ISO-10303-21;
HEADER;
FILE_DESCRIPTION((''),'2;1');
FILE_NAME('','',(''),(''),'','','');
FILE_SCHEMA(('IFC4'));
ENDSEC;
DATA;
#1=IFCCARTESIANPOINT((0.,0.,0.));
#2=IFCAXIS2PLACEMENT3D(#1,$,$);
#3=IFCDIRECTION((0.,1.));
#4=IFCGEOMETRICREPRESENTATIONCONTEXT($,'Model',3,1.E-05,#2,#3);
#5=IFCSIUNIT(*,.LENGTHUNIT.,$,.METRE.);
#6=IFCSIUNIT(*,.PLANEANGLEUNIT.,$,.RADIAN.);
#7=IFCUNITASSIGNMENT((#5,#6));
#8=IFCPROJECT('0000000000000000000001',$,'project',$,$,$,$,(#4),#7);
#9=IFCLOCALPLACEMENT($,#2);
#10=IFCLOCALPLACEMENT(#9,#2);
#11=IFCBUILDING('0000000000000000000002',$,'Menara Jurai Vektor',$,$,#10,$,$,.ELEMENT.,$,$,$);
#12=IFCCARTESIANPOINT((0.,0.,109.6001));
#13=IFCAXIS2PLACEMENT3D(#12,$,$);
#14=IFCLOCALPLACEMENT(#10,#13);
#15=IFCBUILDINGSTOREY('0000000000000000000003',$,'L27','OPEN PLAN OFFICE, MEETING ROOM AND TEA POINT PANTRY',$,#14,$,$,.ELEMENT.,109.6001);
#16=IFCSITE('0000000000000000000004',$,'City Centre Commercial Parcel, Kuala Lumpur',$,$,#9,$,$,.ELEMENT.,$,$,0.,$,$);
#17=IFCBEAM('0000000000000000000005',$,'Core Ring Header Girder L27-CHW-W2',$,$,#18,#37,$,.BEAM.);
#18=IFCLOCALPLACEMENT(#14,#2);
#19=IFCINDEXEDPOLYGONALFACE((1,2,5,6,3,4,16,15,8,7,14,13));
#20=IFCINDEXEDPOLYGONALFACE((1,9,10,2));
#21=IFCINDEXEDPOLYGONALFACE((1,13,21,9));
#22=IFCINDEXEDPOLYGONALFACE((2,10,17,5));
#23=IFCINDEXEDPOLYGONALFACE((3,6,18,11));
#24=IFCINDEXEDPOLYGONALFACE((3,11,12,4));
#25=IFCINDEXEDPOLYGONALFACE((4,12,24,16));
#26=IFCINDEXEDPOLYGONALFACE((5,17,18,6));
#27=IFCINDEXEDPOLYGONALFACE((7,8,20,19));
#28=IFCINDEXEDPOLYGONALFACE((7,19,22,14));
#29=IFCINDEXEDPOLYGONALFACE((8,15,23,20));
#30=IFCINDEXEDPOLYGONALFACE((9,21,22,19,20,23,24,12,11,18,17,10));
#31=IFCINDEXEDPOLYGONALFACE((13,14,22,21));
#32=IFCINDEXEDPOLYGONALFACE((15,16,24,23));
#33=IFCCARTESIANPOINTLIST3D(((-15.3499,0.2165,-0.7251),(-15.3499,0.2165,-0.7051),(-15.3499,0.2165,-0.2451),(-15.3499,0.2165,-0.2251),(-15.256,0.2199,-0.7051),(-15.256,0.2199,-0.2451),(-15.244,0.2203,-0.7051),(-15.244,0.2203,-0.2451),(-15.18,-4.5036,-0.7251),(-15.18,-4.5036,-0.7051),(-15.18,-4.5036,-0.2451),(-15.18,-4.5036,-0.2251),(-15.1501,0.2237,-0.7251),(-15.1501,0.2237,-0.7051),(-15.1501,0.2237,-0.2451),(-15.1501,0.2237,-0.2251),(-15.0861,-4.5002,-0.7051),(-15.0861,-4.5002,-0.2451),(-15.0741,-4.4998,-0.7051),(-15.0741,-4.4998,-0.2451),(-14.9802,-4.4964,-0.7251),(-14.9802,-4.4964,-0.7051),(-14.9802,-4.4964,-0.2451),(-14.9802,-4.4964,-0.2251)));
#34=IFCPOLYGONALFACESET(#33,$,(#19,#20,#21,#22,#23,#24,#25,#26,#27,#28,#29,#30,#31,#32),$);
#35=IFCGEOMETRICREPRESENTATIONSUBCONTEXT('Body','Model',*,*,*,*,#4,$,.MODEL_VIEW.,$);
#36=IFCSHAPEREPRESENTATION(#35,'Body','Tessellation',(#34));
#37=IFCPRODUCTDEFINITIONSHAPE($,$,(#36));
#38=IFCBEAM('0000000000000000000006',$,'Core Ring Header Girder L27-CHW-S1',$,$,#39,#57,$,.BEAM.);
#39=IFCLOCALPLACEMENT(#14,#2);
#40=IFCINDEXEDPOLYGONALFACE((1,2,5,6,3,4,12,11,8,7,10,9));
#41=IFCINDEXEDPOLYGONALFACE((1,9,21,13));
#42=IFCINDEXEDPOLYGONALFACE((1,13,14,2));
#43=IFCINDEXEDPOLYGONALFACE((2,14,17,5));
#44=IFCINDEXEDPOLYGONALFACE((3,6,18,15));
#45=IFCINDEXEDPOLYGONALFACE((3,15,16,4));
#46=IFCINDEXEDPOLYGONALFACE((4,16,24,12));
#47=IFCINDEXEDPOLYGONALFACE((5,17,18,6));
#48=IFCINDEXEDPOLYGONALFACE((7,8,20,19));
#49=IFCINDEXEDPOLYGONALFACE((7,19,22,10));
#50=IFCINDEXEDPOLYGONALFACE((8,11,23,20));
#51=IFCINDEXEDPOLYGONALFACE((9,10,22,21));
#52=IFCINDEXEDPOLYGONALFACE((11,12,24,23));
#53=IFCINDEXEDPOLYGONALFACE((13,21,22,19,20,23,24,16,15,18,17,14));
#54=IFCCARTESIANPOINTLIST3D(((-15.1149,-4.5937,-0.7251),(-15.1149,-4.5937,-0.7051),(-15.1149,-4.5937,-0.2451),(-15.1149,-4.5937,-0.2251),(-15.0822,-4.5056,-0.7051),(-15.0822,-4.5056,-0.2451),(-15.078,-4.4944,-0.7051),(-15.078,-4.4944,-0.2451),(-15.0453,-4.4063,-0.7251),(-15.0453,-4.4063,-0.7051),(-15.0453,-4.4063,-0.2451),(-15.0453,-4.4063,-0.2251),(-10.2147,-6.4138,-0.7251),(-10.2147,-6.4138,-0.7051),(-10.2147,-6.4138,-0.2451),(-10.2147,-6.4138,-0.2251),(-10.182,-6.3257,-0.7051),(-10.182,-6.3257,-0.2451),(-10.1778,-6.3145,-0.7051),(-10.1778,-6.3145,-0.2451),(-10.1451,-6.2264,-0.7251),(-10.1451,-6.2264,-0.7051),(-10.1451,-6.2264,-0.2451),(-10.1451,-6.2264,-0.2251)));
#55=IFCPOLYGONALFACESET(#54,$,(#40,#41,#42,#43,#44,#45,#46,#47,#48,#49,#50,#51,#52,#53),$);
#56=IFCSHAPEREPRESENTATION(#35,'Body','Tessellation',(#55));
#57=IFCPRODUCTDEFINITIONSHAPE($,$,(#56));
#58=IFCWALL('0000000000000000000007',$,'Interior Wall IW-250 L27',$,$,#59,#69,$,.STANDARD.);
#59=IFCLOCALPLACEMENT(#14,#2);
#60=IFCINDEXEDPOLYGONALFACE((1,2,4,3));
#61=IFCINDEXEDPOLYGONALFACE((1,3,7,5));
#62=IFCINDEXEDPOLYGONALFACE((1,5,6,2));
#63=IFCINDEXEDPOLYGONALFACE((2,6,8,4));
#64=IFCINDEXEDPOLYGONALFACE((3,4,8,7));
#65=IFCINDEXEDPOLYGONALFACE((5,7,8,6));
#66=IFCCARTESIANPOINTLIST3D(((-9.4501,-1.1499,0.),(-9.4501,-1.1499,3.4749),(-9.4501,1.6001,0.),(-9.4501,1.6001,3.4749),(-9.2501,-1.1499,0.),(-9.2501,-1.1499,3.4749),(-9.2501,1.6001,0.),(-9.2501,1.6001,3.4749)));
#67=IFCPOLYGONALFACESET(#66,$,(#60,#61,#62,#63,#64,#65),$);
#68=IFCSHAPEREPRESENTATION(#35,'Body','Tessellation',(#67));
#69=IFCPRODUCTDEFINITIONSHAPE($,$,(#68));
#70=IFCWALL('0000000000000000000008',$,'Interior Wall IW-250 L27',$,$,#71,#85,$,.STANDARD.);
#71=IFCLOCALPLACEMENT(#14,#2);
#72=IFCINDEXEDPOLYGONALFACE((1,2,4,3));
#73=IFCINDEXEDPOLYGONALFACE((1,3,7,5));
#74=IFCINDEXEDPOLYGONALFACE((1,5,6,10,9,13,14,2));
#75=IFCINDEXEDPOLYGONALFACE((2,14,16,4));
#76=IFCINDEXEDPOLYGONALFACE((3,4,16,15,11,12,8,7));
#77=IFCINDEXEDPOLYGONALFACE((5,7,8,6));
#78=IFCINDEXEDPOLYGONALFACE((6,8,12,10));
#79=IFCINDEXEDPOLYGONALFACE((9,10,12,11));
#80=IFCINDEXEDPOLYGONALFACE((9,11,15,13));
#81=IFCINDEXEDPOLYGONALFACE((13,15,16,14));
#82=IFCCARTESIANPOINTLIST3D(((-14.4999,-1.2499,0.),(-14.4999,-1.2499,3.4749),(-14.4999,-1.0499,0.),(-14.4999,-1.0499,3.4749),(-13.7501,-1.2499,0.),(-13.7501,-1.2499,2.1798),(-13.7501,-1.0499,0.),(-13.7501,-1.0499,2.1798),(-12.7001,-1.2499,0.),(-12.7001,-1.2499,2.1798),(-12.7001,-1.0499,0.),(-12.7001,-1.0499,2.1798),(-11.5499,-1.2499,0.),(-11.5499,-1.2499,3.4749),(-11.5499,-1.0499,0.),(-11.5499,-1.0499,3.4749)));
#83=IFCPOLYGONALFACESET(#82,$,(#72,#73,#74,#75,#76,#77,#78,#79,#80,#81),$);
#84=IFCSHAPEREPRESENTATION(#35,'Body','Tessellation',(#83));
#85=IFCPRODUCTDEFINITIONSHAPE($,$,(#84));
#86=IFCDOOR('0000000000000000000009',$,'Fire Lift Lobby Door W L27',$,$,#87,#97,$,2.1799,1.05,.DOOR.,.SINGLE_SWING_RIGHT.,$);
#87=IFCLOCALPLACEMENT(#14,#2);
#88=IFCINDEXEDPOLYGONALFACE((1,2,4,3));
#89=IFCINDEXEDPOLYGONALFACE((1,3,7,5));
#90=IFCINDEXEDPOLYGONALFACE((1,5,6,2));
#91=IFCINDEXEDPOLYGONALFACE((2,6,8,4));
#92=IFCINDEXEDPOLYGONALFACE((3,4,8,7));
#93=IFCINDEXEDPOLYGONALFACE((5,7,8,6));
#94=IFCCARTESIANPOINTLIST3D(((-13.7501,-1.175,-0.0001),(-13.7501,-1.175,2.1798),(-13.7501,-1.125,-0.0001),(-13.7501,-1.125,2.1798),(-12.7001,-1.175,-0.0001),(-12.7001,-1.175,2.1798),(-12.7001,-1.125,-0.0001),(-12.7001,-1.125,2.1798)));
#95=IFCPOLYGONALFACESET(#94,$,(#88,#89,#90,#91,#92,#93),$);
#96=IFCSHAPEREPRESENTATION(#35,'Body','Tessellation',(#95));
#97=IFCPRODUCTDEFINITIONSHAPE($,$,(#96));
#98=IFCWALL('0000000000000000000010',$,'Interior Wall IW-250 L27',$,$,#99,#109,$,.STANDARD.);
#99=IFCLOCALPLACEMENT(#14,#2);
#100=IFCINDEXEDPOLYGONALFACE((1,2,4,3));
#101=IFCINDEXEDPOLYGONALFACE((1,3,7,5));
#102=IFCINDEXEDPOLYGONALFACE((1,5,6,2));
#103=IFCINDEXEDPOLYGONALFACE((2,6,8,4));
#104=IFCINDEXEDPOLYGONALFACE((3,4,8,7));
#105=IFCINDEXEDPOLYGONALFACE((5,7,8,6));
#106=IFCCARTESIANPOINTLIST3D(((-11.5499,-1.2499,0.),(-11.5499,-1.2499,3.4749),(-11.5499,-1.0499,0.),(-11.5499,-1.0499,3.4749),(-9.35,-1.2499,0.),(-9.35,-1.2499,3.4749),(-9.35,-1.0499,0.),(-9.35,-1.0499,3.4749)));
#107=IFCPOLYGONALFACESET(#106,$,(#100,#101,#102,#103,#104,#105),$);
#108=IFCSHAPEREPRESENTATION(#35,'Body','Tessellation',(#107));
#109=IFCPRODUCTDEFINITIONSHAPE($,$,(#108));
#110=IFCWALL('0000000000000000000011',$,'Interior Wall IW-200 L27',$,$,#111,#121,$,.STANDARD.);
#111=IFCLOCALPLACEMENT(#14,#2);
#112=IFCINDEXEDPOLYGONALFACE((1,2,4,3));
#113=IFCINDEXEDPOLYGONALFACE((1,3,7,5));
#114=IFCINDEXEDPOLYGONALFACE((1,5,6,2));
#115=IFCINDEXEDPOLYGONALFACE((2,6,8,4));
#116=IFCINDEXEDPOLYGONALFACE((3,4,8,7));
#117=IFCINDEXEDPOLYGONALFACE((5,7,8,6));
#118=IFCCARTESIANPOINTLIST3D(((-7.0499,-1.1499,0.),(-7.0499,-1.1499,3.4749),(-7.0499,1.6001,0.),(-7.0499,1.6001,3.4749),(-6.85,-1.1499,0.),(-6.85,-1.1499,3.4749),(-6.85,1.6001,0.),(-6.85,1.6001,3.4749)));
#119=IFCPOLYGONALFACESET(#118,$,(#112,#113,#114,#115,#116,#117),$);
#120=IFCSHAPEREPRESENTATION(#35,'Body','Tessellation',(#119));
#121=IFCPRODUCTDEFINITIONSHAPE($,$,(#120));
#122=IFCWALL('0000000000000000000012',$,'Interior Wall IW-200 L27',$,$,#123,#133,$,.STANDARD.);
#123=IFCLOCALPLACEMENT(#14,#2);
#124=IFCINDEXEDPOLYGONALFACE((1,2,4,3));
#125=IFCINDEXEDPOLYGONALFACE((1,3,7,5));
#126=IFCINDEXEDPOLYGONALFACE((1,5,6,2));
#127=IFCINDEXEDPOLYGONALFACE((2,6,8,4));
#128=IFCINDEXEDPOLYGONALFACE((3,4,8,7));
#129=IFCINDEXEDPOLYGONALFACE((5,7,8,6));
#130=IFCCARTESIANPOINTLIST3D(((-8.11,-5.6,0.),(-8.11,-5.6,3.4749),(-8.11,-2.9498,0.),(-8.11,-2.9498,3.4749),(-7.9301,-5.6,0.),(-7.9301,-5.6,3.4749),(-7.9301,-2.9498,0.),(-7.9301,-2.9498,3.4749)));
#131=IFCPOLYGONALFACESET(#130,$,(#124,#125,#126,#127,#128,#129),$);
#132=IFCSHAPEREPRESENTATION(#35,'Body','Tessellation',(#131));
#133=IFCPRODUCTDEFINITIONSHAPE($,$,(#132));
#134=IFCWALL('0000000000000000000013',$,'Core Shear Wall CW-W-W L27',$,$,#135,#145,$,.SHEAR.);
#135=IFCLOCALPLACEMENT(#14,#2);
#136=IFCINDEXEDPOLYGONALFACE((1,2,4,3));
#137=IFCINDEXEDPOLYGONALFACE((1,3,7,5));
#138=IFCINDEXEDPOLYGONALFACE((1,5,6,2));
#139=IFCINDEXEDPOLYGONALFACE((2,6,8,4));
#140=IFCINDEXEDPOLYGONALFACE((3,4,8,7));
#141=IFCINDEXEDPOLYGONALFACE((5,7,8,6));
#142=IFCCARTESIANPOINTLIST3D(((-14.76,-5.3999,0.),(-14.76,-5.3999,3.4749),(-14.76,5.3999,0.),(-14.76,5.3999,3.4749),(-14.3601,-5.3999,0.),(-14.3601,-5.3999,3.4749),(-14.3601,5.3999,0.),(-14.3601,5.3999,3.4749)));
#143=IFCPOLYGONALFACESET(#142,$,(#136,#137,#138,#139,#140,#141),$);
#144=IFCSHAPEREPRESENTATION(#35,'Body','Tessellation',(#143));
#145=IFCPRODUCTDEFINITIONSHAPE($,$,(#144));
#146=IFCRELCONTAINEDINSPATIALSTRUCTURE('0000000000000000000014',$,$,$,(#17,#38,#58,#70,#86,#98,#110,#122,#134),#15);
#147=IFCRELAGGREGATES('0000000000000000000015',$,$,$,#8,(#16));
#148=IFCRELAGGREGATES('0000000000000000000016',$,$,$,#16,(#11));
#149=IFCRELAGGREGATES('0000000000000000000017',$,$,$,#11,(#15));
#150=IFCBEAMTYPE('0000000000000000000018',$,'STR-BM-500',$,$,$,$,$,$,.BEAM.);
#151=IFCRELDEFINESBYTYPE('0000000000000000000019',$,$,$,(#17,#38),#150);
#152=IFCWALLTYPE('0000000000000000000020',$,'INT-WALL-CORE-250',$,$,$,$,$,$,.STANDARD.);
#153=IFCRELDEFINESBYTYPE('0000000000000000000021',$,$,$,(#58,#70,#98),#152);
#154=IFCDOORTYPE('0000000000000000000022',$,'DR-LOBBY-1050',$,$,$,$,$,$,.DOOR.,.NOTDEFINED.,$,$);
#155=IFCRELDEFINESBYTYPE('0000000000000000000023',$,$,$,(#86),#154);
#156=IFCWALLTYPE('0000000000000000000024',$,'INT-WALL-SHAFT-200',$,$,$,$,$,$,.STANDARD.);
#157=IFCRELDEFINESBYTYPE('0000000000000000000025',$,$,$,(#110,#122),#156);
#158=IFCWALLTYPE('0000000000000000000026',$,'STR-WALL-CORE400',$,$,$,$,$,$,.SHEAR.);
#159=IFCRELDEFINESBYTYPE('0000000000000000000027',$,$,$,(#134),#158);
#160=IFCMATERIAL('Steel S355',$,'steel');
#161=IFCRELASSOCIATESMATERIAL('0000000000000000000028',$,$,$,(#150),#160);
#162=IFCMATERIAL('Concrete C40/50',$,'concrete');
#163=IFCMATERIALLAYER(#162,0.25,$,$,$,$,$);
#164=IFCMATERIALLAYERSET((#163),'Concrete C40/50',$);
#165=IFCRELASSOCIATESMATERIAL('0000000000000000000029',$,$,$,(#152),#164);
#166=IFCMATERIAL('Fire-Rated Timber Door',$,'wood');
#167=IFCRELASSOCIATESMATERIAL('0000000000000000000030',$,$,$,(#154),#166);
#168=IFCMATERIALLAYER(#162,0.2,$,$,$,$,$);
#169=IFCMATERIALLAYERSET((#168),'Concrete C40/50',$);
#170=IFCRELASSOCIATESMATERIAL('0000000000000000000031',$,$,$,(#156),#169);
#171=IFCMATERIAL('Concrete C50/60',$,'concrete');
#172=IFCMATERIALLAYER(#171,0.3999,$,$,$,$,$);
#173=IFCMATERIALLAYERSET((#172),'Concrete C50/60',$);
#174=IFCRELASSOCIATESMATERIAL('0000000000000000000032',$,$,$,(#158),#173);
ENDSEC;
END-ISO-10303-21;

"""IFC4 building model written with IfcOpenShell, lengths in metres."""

from ifc_helpers import new_model, si_unit, direction, frame, frame_2d, origin, origin_2d, place, context, subcontext, project, spatial, rectangle, i_section, extrude, material, layer, layer_set, material_profile, profile_set, type_object, element, fill, save


model = new_model("IFC4")

# Units and contexts
model_context = context("Model", 3, precision=1e-05, world=origin(), true_north=direction((0.0, 1.0)))
body_context = subcontext(model_context, "Body", "Model", "MODEL_VIEW")
ifc_project = project(units=[si_unit("LENGTHUNIT", "METRE"), si_unit("PLANEANGLEUNIT", "RADIAN")], contexts=[model_context])

# Site, building, storey
site_placement = place(None, origin())
site = spatial("IfcSite", under=ifc_project, at=site_placement, Name="City Centre Commercial Parcel, Kuala Lumpur", CompositionType="ELEMENT", RefElevation=0.0)
building_placement = place(site_placement, origin())
building = spatial("IfcBuilding", under=site, at=building_placement, Name="Menara Jurai Vektor", CompositionType="ELEMENT")
storey_placement = place(building_placement, frame((0.0, 0.0, 109.6001)))
storey = spatial("IfcBuildingStorey", under=building, at=storey_placement, Name="L27", Description="OPEN PLAN OFFICE, MEETING ROOM AND TEA POINT PANTRY", CompositionType="ELEMENT", Elevation=109.6001)

# Beams
ifc_material_1 = material(Name="Steel S355", Category="steel")
ifc_material_profile = material_profile(ifc_material_1, i_section(OverallWidth=0.2, OverallDepth=0.5, WebThickness=0.012, FlangeThickness=0.02, at=origin_2d()), Name="PG 500x200x96")
ifc_profile_set = profile_set([ifc_material_profile], Name="Steel S355")
beam_type = type_object("IfcBeamType", Name="STR-BM-500", PredefinedType="BEAM", material=ifc_profile_set)
beam_1_placement = place(storey_placement, frame((-15.0801, -4.5, -0.4751), z_axis=(-0.035977, 0.999353, 0.0), x_axis=(-0.999353, -0.035977, 0.0)))
element("IfcBeam", 1, at=beam_1_placement, inside=storey, type_object=beam_type, Name="Core Ring Header Girder L27-CHW-W2", PredefinedType="BEAM", context=body_context, shape_type="SweptSolid", body=[
    extrude(i_section(OverallWidth=0.2, OverallDepth=0.5, WebThickness=0.012, FlangeThickness=0.02, at=origin_2d()), origin(), (0.0, 0.0, 1.0), 4.7231),
])
beam_2_placement = place(storey_placement, frame((-15.0801, -4.5, -0.4751), z_axis=(0.937424, -0.348189, 0.0), x_axis=(0.348189, 0.937424, 0.0)))
element("IfcBeam", 2, at=beam_2_placement, inside=storey, type_object=beam_type, Name="Core Ring Header Girder L27-CHW-S1", PredefinedType="BEAM", context=body_context, shape_type="SweptSolid", body=[
    extrude(i_section(OverallWidth=0.2, OverallDepth=0.5, WebThickness=0.012, FlangeThickness=0.02, at=origin_2d()), origin(), (0.0, 0.0, 1.0), 5.2273),
])

# Shared definitions
ifc_material_2 = material(Name="Concrete C40/50", Category="concrete")
ifc_layer_1 = layer(ifc_material_2, 0.25)
ifc_layer_set_1 = layer_set([ifc_layer_1], Name="Concrete C40/50")
wall_type_1 = type_object("IfcWallType", Name="INT-WALL-CORE-250", PredefinedType="STANDARD", material=ifc_layer_set_1)

# Wall
wall_1_placement = place(storey_placement, frame((-9.3501, -1.1499, 0.0), z_axis=(0.0, 0.0, 1.0), x_axis=(0.0, 1.0, 0.0)))
element("IfcWall", 3, at=wall_1_placement, inside=storey, type_object=wall_type_1, Name="Interior Wall IW-250 L27", PredefinedType="STANDARD", context=body_context, shape_type="SweptSolid", body=[
    extrude(rectangle(XDim=2.75, YDim=0.2, at=frame_2d((1.375, 0.0))), origin(), (0.0, 0.0, 1.0), 3.4749),
])

# Wall, opening, door
wall_2_placement = place(storey_placement, frame((-14.5, -1.1499, 0.0), z_axis=(0.0, 0.0, 1.0), x_axis=(1.0, 0.0, 0.0)))
wall_2 = element("IfcWall", 4, at=wall_2_placement, inside=storey, type_object=wall_type_1, Name="Interior Wall IW-250 L27", PredefinedType="STANDARD", context=body_context, shape_type="SweptSolid", body=[
    extrude(rectangle(XDim=2.95, YDim=0.2, at=frame_2d((1.4751, 0.0))), origin(), (0.0, 0.0, 1.0), 3.4749),
])
opening_1_placement = place(wall_2_placement, frame((0.75, 0.0, 0.0)))
opening_1 = element("IfcOpeningElement", 5, at=opening_1_placement, cuts=wall_2, PredefinedType="OPENING", context=body_context, shape_type="SweptSolid", body=[
    extrude(rectangle(XDim=1.05, YDim=2.1799, at=frame_2d((0.5249, 1.0898))), frame((0.0, 0.1099, 0.0), z_axis=(0.0, -1.0, 0.0), x_axis=(1.0, 0.0, 0.0)), (0.0, 0.0, 1.0), 0.22),
])
ifc_material_3 = material(Name="Fire-Rated Timber Door", Category="wood")
door_type_1 = type_object("IfcDoorType", Name="DR-LOBBY-1050", OperationType="NOTDEFINED", PredefinedType="DOOR", material=ifc_material_3)
door_1_placement = place(opening_1_placement, origin())
door_1 = element("IfcDoor", 6, at=door_1_placement, inside=storey, type_object=door_type_1, Name="Fire Lift Lobby Door W L27", OperationType="SINGLE_SWING_RIGHT", OverallHeight=2.1799, OverallWidth=1.05, PredefinedType="DOOR", context=body_context, shape_type="SweptSolid", body=[
    extrude(rectangle(XDim=1.05, YDim=2.1799, at=frame_2d((0.5249, 1.0898))), frame((0.0, 0.0249, 0.0), z_axis=(0.0, -1.0, 0.0), x_axis=(1.0, 0.0, 0.0)), (0.0, 0.0, 1.0), 0.05),
])
fill(opening_1, door_1)

# Walls
wall_3_placement = place(storey_placement, frame((-11.55, -1.1499, 0.0), z_axis=(0.0, 0.0, 1.0), x_axis=(1.0, 0.0, 0.0)))
element("IfcWall", 7, at=wall_3_placement, inside=storey, type_object=wall_type_1, Name="Interior Wall IW-250 L27", PredefinedType="STANDARD", context=body_context, shape_type="SweptSolid", body=[
    extrude(rectangle(XDim=2.2, YDim=0.2, at=frame_2d((1.1001, 0.0))), origin(), (0.0, 0.0, 1.0), 3.4749),
])
ifc_layer_2 = layer(ifc_material_2, 0.2)
ifc_layer_set_2 = layer_set([ifc_layer_2], Name="Concrete C40/50")
wall_type_2 = type_object("IfcWallType", Name="INT-WALL-SHAFT-200", PredefinedType="STANDARD", material=ifc_layer_set_2)
wall_4_placement = place(storey_placement, frame((-6.95, -1.1499, 0.0), z_axis=(0.0, 0.0, 1.0), x_axis=(0.0, 1.0, 0.0)))
element("IfcWall", 8, at=wall_4_placement, inside=storey, type_object=wall_type_2, Name="Interior Wall IW-200 L27", PredefinedType="STANDARD", context=body_context, shape_type="SweptSolid", body=[
    extrude(rectangle(XDim=2.75, YDim=0.2, at=frame_2d((1.375, 0.0))), origin(), (0.0, 0.0, 1.0), 3.4749),
])

# Walls
wall_5_placement = place(storey_placement, frame((-8.02, -5.6001, 0.0), z_axis=(0.0, 0.0, 1.0), x_axis=(0.0, 1.0, 0.0)))
element("IfcWall", 9, at=wall_5_placement, inside=storey, type_object=wall_type_2, Name="Interior Wall IW-200 L27", PredefinedType="STANDARD", context=body_context, shape_type="SweptSolid", body=[
    extrude(rectangle(XDim=2.6501, YDim=0.1799, at=frame_2d((1.3252, 0.0))), origin(), (0.0, 0.0, 1.0), 3.4749),
])
ifc_material_4 = material(Name="Concrete C50/60", Category="concrete")
ifc_layer_3 = layer(ifc_material_4, 0.3999)
ifc_layer_set_3 = layer_set([ifc_layer_3], Name="Concrete C50/60")
wall_type_3 = type_object("IfcWallType", Name="STR-WALL-CORE400", PredefinedType="SHEAR", material=ifc_layer_set_3)
wall_6_placement = place(storey_placement, frame((-14.5601, -5.3999, 0.0), z_axis=(0.0, 0.0, 1.0), x_axis=(0.0, 1.0, 0.0)))
element("IfcWall", 10, at=wall_6_placement, inside=storey, type_object=wall_type_3, Name="Core Shear Wall CW-W-W L27", PredefinedType="SHEAR", context=body_context, shape_type="SweptSolid", body=[
    extrude(rectangle(XDim=10.7998, YDim=0.3999, at=frame_2d((5.3999, 0.0))), origin(), (0.0, 0.0, 1.0), 3.4749),
])

save(model, "model.ifc")
